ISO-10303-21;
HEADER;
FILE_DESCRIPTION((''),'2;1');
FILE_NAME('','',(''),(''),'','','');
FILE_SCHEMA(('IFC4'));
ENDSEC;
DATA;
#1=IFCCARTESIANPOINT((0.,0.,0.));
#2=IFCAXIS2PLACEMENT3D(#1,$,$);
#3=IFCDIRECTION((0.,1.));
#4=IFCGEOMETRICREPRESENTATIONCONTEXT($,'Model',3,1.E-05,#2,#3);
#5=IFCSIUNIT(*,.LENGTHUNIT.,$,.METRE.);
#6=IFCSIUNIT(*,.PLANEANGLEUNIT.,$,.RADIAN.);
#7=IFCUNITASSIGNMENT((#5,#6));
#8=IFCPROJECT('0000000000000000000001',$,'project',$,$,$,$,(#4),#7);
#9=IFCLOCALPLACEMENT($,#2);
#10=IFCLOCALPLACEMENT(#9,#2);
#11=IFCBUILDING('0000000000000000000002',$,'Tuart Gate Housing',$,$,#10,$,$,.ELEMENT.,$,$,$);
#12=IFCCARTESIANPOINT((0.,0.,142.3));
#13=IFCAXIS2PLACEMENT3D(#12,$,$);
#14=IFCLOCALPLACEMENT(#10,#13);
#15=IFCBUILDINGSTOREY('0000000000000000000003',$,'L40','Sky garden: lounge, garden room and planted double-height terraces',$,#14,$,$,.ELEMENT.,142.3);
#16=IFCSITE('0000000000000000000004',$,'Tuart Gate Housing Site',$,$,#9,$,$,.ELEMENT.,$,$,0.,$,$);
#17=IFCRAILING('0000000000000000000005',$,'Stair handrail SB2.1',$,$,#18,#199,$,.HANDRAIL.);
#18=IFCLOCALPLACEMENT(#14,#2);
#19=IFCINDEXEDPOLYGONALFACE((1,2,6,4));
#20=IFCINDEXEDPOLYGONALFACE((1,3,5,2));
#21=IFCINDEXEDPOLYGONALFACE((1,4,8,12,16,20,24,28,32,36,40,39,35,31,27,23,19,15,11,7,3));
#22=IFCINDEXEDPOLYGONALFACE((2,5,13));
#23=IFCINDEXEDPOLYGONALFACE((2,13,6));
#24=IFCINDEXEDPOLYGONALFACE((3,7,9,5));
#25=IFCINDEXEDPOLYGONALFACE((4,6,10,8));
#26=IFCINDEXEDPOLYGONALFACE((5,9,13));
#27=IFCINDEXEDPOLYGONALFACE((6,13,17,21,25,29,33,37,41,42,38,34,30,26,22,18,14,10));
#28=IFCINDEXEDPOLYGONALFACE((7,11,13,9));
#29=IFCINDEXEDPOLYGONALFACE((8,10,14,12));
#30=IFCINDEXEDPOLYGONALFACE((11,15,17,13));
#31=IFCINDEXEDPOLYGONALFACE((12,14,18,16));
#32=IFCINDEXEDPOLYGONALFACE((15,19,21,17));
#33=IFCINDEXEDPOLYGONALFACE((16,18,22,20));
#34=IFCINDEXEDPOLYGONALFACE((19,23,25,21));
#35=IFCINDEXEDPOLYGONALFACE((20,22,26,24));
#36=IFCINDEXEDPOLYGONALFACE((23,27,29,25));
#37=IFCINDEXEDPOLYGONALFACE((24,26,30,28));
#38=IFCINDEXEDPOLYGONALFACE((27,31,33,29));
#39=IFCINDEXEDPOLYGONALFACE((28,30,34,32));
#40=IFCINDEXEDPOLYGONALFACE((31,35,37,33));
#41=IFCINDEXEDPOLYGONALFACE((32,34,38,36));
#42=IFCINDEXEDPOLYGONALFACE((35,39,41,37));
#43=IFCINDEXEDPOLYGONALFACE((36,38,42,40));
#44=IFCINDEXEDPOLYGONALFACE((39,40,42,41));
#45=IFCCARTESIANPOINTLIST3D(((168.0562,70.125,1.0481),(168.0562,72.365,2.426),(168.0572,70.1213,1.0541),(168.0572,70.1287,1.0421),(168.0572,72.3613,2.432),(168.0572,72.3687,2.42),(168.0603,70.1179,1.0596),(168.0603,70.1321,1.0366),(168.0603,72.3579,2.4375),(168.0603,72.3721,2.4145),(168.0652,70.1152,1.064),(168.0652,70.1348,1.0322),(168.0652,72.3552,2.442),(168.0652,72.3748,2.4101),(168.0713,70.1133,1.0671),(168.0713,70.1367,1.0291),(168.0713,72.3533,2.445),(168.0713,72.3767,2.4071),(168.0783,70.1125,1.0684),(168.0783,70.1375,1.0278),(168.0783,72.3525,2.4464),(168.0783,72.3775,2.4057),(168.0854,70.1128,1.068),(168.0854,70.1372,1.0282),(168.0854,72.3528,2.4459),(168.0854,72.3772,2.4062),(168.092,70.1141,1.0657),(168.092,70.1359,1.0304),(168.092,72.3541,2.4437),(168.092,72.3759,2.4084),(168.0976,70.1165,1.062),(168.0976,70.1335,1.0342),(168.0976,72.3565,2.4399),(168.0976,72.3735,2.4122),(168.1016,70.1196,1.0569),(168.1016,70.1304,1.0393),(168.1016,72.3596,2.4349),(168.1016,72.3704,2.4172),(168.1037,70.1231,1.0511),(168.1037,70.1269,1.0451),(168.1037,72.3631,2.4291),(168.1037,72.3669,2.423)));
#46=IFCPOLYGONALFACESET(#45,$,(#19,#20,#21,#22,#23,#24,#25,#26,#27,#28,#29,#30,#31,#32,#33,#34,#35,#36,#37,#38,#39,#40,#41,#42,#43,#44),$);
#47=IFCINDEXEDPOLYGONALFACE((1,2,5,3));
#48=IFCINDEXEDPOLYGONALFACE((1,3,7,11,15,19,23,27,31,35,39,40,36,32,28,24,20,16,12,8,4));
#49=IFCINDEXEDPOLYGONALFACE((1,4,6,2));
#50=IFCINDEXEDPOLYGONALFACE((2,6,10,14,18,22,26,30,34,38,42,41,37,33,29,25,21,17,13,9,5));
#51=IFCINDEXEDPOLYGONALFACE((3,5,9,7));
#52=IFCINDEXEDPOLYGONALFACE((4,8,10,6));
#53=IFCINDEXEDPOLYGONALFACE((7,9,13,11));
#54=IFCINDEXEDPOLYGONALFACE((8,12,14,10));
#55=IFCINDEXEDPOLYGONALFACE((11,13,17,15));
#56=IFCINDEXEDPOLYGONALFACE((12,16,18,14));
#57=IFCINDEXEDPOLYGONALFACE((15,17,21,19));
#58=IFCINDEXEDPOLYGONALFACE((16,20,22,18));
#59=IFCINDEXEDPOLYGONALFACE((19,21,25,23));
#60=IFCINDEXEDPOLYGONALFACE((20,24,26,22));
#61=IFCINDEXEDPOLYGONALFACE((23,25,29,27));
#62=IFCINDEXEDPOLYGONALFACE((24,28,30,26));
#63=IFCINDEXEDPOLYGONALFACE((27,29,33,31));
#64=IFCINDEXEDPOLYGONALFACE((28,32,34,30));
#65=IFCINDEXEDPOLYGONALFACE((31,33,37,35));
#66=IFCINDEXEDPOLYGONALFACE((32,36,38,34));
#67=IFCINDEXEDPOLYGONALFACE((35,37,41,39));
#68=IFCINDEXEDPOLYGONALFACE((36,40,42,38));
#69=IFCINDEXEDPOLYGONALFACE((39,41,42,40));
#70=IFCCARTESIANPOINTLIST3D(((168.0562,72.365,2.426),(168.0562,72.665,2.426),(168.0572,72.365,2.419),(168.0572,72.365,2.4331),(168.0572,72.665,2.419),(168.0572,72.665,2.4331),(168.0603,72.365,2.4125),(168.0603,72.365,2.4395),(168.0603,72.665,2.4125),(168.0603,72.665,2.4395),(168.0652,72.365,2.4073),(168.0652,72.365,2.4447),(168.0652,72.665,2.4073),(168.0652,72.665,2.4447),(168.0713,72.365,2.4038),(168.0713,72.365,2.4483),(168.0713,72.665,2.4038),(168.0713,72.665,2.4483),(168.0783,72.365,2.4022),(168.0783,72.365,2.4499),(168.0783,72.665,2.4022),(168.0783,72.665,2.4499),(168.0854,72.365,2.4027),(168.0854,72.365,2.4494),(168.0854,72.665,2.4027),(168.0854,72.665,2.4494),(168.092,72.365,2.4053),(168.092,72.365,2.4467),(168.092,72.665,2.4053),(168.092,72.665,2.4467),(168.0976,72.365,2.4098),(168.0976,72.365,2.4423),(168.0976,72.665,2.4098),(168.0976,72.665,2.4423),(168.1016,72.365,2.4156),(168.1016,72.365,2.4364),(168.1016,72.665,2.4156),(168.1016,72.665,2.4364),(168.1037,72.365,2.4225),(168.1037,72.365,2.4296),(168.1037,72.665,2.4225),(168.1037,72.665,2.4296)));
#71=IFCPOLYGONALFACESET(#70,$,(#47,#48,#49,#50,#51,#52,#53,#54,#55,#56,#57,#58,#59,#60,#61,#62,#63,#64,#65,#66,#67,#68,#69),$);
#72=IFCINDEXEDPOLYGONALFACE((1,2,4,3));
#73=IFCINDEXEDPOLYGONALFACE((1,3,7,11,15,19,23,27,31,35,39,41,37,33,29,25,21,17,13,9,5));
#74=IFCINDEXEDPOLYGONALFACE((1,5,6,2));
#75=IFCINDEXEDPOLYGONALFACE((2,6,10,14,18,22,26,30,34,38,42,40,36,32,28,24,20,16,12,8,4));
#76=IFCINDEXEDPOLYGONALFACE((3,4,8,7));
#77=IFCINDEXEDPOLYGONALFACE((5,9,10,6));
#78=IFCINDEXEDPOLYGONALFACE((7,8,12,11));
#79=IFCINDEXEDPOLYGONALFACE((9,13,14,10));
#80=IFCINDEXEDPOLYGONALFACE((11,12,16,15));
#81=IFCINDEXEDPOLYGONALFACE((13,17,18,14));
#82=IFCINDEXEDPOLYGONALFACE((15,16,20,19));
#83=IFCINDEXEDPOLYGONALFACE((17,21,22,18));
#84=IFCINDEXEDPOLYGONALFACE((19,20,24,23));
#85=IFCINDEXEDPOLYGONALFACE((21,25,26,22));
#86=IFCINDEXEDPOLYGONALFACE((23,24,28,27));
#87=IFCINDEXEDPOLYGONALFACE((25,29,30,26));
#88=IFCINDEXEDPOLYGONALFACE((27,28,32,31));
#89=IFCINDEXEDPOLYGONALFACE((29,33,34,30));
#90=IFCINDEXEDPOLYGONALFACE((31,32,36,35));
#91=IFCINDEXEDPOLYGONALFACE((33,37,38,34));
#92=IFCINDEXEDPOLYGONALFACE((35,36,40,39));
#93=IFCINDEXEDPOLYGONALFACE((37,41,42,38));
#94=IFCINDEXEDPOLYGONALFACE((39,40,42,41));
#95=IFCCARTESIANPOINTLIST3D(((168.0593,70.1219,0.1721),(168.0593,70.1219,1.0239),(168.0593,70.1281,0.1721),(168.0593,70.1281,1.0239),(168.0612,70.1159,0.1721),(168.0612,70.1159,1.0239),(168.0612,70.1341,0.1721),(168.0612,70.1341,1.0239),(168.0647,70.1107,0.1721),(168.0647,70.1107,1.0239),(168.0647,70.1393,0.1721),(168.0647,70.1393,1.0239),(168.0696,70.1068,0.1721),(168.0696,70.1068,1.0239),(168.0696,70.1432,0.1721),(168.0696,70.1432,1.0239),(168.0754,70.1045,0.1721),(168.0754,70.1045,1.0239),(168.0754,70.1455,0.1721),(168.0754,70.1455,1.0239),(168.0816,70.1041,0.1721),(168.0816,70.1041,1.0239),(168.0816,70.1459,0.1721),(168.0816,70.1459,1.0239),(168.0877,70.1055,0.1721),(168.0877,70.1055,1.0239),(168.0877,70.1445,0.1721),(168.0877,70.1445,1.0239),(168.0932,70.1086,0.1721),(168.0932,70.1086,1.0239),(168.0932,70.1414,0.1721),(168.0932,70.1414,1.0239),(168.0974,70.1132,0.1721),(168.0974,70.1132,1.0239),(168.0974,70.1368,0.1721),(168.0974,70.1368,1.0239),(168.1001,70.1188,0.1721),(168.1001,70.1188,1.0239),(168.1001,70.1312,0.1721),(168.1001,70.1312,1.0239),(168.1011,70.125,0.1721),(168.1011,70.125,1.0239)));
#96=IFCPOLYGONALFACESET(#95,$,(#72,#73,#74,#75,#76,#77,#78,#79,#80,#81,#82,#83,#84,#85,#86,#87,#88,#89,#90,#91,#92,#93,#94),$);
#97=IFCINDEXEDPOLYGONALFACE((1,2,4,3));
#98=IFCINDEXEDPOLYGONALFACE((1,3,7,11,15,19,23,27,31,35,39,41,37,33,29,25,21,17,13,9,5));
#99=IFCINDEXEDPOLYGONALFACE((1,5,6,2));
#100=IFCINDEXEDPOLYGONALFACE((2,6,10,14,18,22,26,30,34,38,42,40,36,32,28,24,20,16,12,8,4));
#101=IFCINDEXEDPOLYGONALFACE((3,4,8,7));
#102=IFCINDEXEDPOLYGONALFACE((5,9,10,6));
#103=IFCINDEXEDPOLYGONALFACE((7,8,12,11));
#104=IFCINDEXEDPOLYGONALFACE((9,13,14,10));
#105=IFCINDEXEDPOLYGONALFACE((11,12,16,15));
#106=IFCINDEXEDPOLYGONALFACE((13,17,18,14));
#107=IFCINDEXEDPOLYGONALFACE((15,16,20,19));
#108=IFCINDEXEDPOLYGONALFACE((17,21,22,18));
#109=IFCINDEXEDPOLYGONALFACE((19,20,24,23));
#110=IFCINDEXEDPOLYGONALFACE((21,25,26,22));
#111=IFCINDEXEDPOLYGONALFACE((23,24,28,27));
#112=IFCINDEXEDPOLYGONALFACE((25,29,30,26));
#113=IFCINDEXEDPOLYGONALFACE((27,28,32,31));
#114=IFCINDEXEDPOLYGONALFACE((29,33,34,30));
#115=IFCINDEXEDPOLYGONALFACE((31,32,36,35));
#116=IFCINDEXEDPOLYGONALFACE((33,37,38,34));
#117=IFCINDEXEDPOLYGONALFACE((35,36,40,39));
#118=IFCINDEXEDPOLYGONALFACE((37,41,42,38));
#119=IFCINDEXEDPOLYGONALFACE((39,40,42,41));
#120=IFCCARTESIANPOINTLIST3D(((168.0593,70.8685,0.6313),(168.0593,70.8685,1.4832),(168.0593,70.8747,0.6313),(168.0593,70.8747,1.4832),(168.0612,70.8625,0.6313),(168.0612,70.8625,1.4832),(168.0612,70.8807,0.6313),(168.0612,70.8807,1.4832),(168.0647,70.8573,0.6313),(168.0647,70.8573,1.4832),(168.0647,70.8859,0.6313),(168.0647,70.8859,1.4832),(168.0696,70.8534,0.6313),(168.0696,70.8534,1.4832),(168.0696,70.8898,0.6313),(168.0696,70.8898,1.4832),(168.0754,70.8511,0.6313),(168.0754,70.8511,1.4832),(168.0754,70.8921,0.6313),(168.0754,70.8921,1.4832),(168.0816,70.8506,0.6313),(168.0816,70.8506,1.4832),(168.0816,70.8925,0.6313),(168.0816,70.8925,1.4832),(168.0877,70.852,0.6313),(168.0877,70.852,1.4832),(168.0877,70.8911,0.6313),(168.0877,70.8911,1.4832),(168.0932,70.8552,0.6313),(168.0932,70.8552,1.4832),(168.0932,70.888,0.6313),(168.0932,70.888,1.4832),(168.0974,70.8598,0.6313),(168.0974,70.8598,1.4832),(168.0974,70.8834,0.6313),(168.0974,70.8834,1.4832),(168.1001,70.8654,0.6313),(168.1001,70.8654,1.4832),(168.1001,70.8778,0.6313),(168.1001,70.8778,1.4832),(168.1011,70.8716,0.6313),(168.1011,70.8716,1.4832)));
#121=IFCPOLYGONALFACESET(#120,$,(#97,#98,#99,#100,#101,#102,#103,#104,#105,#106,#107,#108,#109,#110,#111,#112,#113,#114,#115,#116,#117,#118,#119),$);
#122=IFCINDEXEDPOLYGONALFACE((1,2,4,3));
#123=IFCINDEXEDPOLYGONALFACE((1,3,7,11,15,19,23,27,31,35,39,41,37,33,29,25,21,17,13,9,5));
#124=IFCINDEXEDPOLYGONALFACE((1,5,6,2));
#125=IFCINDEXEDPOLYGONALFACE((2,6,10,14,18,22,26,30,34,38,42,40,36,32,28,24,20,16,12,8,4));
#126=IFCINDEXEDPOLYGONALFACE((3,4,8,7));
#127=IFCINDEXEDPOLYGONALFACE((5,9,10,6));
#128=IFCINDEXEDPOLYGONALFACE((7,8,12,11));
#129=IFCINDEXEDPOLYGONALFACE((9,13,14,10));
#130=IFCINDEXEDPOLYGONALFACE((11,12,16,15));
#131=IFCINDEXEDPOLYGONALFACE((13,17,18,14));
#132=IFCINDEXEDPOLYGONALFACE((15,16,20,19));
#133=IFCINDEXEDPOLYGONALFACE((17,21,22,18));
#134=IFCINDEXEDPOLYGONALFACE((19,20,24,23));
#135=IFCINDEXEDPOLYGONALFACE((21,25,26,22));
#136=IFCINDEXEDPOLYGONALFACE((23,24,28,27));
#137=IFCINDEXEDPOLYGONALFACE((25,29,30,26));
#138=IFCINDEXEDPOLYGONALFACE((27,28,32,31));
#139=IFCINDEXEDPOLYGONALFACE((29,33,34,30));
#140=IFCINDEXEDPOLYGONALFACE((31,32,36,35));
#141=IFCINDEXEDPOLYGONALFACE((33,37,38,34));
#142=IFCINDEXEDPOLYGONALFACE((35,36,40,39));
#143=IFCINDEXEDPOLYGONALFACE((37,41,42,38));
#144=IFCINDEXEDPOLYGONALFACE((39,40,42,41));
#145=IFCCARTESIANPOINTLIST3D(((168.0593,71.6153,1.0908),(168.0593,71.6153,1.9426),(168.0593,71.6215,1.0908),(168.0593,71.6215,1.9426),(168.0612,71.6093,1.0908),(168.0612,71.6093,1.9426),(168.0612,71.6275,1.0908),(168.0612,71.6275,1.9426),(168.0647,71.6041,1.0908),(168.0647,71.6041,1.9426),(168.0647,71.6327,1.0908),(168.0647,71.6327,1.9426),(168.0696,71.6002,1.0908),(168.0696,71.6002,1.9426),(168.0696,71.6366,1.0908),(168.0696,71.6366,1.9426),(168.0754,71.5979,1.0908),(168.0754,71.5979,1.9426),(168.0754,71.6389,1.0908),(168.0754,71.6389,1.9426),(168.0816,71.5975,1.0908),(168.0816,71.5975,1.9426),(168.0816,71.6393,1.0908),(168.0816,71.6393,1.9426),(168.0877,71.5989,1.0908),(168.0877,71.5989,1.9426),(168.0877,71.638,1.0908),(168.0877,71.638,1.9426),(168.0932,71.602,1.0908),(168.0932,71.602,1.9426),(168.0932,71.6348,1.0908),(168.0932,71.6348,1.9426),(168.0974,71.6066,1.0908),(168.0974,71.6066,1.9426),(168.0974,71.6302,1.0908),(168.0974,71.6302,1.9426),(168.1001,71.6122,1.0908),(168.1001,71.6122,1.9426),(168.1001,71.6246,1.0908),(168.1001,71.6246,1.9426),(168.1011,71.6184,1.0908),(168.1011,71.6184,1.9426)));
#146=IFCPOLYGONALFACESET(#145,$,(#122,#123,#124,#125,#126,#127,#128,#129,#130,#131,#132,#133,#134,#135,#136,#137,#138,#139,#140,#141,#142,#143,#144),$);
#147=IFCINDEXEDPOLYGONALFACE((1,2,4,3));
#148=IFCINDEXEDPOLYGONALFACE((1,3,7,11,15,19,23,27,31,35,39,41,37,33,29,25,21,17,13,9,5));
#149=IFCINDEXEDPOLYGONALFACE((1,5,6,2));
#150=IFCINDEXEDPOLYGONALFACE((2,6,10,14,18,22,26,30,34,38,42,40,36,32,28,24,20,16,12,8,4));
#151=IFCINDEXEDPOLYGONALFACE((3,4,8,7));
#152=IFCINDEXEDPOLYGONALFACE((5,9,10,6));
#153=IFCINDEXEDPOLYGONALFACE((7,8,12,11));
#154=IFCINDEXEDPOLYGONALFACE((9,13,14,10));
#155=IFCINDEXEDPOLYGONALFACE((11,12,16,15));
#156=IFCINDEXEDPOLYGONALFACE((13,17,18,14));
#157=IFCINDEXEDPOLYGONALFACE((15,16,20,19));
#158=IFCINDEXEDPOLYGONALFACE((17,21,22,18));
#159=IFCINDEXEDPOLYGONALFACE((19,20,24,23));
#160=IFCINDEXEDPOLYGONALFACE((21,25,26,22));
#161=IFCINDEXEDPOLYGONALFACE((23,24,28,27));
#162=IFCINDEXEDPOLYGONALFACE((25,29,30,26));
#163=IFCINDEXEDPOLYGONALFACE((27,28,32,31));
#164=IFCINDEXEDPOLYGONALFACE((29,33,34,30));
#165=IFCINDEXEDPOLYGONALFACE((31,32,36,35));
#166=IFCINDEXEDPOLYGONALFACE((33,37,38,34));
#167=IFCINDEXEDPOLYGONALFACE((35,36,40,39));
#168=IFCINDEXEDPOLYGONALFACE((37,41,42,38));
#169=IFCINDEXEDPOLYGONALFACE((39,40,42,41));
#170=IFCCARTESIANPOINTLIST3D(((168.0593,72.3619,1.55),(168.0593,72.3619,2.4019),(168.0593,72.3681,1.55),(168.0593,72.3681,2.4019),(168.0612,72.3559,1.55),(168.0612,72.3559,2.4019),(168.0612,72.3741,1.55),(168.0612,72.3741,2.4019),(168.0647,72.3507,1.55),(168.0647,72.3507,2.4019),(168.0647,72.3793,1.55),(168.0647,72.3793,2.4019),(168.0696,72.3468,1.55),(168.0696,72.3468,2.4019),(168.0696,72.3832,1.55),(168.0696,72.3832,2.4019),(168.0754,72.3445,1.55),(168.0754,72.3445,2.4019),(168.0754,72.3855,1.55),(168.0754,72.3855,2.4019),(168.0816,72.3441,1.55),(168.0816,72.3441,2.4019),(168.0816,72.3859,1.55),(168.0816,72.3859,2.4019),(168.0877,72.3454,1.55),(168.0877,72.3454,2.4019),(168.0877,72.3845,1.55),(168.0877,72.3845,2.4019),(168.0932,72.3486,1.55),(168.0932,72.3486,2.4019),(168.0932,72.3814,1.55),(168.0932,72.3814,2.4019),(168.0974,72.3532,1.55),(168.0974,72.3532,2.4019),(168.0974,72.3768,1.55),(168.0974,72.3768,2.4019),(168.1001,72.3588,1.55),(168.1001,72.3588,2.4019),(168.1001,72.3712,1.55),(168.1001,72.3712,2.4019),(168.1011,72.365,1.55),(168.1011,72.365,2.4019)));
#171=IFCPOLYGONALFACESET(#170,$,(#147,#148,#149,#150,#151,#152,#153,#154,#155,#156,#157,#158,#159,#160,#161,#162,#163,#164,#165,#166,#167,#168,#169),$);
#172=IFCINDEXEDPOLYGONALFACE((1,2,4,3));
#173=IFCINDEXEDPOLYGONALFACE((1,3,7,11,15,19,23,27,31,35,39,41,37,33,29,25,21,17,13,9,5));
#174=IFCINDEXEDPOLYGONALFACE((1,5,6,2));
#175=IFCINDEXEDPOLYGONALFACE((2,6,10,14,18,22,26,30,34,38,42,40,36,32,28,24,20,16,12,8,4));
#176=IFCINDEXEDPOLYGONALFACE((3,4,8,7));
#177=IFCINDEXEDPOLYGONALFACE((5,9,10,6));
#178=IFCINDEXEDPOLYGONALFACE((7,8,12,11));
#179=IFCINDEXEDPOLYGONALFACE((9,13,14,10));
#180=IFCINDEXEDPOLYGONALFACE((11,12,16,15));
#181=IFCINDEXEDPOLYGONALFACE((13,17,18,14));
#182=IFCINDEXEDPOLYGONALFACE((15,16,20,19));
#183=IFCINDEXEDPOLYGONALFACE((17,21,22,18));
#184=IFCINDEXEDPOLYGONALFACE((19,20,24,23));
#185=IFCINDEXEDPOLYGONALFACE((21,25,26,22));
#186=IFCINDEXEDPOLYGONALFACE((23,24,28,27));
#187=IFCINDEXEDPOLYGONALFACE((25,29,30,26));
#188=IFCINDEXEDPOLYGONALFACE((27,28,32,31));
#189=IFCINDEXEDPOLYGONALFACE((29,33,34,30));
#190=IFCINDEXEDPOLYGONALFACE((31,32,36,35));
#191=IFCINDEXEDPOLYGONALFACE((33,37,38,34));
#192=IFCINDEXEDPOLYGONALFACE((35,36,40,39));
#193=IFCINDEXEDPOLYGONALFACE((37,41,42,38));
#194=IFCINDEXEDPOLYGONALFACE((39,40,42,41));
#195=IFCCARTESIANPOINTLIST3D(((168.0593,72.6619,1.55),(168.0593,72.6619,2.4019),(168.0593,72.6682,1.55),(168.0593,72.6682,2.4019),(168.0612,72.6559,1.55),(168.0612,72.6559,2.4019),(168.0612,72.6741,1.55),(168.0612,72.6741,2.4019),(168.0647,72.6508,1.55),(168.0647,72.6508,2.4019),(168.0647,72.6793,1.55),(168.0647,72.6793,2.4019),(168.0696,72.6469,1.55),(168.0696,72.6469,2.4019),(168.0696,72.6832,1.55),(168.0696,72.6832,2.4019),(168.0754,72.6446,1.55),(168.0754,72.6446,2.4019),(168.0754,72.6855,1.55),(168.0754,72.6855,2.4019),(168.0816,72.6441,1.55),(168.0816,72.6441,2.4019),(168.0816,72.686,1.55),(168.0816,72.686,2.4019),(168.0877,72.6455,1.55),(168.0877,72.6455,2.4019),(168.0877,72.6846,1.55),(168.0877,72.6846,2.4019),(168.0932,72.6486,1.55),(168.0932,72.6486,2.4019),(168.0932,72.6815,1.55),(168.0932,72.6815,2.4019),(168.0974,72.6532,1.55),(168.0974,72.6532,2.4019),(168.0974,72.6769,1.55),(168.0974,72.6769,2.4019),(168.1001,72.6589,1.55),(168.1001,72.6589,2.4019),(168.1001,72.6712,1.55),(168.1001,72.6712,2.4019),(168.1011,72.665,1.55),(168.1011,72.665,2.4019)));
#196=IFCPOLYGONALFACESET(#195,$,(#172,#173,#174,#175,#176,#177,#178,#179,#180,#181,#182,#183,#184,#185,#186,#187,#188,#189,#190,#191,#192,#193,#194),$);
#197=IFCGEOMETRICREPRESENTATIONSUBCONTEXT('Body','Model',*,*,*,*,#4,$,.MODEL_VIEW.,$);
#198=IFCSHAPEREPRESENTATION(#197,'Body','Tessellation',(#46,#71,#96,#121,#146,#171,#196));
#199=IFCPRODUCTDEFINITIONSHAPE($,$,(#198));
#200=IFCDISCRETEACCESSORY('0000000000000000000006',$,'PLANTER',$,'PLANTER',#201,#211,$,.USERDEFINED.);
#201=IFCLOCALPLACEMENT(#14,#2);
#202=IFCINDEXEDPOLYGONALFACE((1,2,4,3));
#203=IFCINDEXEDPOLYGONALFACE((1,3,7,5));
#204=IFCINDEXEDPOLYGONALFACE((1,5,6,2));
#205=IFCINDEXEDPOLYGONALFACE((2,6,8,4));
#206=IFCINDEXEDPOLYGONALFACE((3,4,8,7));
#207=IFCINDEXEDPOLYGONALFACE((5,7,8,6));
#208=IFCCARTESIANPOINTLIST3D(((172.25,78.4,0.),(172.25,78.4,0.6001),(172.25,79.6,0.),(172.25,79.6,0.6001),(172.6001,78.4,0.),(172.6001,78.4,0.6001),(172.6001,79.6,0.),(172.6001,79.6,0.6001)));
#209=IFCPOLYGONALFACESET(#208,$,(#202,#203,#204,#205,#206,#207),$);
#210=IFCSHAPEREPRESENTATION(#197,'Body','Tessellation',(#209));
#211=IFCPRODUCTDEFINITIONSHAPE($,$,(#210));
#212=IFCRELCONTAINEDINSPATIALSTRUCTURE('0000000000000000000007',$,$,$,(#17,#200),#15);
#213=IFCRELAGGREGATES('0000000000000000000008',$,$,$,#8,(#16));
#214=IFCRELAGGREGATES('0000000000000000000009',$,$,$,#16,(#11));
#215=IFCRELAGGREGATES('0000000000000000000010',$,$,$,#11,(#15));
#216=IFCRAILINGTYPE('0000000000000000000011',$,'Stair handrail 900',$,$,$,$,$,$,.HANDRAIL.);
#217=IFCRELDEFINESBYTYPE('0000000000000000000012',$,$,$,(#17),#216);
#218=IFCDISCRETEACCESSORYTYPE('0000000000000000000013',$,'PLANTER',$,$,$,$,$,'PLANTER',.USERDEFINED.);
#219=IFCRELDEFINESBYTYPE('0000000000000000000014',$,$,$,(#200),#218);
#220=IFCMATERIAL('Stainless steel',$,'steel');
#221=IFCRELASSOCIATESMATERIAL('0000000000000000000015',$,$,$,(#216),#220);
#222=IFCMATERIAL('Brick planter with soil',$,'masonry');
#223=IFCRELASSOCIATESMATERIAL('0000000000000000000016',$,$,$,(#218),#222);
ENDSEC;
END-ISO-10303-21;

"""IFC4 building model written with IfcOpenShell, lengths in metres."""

from ifc_helpers import new_model, si_unit, direction, frame, origin, origin_2d, place, context, subcontext, project, spatial, rectangle, circle, extrude, material, type_object, element, save


model = new_model("IFC4")

# Units and contexts
model_context = context("Model", 3, precision=1e-05, world=origin(), true_north=direction((0.0, 1.0)))
body_context = subcontext(model_context, "Body", "Model", "MODEL_VIEW")
ifc_project = project(units=[si_unit("LENGTHUNIT", "METRE"), si_unit("PLANEANGLEUNIT", "RADIAN")], contexts=[model_context])

# Site, building, storey
site_placement = place(None, origin())
site = spatial("IfcSite", under=ifc_project, at=site_placement, Name="Tuart Gate Housing Site", CompositionType="ELEMENT", RefElevation=0.0)
building_placement = place(site_placement, origin())
building = spatial("IfcBuilding", under=site, at=building_placement, Name="Tuart Gate Housing", CompositionType="ELEMENT")
storey_placement = place(building_placement, frame((0.0, 0.0, 142.3)))
storey = spatial("IfcBuildingStorey", under=building, at=storey_placement, Name="L40", Description="Sky garden: lounge, garden room and planted double-height terraces", CompositionType="ELEMENT", Elevation=142.3)

# Railing
ifc_material_1 = material(Name="Stainless steel", Category="steel")
railing_type = type_object("IfcRailingType", Name="Stair handrail 900", PredefinedType="HANDRAIL", material=ifc_material_1)
railing_placement = place(storey_placement, frame((168.0801, 70.125, 0.1721)))
element("IfcRailing", 1, at=railing_placement, inside=storey, type_object=railing_type, Name="Stair handrail SB2.1", PredefinedType="HANDRAIL", context=body_context, shape_type="SweptSolid", body=[
    extrude(circle(Radius=0.0239, at=origin_2d()), frame((0.0, 0.0, 0.876), z_axis=(0.0, 0.851748, 0.523952), x_axis=(-1.0, 0.0, 0.0)), (0.0, 0.0, 1.0), 2.6299),
    extrude(circle(Radius=0.0239, at=origin_2d()), frame((0.0, 2.24, 2.2539), z_axis=(0.0, 1.0, 0.0), x_axis=(-1.0, 0.0, 0.0)), (0.0, 0.0, 1.0), 0.3),
    extrude(circle(Radius=0.021, at=origin_2d()), origin(), (0.0, 0.0, 1.0), 0.8518),
    extrude(circle(Radius=0.021, at=origin_2d()), frame((0.0, 0.7466, 0.4592)), (0.0, 0.0, 1.0), 0.8518),
    extrude(circle(Radius=0.021, at=origin_2d()), frame((0.0, 1.4934, 0.9187)), (0.0, 0.0, 1.0), 0.8518),
    extrude(circle(Radius=0.021, at=origin_2d()), frame((0.0, 2.24, 1.3779)), (0.0, 0.0, 1.0), 0.8518),
    extrude(circle(Radius=0.021, at=origin_2d()), frame((0.0, 2.54, 1.3779)), (0.0, 0.0, 1.0), 0.8518),
])

# Discrete accessory
ifc_material_2 = material(Name="Brick planter with soil", Category="masonry")
discrete_accessory_type = type_object("IfcDiscreteAccessoryType", Name="PLANTER", ElementType="PLANTER", PredefinedType="USERDEFINED", material=ifc_material_2)
discrete_accessory_placement = place(storey_placement, frame((172.425, 79.0, 0.0), z_axis=(0.0, 0.0, 1.0), x_axis=(1.0, 0.0, 0.0)))
element("IfcDiscreteAccessory", 2, at=discrete_accessory_placement, inside=storey, type_object=discrete_accessory_type, Name="PLANTER", ObjectType="PLANTER", PredefinedType="USERDEFINED", context=body_context, shape_type="SweptSolid", body=[
    extrude(rectangle(XDim=0.3501, YDim=1.2, at=origin_2d()), origin(), (0.0, 0.0, 1.0), 0.6001),
])

save(model, "model.ifc")
